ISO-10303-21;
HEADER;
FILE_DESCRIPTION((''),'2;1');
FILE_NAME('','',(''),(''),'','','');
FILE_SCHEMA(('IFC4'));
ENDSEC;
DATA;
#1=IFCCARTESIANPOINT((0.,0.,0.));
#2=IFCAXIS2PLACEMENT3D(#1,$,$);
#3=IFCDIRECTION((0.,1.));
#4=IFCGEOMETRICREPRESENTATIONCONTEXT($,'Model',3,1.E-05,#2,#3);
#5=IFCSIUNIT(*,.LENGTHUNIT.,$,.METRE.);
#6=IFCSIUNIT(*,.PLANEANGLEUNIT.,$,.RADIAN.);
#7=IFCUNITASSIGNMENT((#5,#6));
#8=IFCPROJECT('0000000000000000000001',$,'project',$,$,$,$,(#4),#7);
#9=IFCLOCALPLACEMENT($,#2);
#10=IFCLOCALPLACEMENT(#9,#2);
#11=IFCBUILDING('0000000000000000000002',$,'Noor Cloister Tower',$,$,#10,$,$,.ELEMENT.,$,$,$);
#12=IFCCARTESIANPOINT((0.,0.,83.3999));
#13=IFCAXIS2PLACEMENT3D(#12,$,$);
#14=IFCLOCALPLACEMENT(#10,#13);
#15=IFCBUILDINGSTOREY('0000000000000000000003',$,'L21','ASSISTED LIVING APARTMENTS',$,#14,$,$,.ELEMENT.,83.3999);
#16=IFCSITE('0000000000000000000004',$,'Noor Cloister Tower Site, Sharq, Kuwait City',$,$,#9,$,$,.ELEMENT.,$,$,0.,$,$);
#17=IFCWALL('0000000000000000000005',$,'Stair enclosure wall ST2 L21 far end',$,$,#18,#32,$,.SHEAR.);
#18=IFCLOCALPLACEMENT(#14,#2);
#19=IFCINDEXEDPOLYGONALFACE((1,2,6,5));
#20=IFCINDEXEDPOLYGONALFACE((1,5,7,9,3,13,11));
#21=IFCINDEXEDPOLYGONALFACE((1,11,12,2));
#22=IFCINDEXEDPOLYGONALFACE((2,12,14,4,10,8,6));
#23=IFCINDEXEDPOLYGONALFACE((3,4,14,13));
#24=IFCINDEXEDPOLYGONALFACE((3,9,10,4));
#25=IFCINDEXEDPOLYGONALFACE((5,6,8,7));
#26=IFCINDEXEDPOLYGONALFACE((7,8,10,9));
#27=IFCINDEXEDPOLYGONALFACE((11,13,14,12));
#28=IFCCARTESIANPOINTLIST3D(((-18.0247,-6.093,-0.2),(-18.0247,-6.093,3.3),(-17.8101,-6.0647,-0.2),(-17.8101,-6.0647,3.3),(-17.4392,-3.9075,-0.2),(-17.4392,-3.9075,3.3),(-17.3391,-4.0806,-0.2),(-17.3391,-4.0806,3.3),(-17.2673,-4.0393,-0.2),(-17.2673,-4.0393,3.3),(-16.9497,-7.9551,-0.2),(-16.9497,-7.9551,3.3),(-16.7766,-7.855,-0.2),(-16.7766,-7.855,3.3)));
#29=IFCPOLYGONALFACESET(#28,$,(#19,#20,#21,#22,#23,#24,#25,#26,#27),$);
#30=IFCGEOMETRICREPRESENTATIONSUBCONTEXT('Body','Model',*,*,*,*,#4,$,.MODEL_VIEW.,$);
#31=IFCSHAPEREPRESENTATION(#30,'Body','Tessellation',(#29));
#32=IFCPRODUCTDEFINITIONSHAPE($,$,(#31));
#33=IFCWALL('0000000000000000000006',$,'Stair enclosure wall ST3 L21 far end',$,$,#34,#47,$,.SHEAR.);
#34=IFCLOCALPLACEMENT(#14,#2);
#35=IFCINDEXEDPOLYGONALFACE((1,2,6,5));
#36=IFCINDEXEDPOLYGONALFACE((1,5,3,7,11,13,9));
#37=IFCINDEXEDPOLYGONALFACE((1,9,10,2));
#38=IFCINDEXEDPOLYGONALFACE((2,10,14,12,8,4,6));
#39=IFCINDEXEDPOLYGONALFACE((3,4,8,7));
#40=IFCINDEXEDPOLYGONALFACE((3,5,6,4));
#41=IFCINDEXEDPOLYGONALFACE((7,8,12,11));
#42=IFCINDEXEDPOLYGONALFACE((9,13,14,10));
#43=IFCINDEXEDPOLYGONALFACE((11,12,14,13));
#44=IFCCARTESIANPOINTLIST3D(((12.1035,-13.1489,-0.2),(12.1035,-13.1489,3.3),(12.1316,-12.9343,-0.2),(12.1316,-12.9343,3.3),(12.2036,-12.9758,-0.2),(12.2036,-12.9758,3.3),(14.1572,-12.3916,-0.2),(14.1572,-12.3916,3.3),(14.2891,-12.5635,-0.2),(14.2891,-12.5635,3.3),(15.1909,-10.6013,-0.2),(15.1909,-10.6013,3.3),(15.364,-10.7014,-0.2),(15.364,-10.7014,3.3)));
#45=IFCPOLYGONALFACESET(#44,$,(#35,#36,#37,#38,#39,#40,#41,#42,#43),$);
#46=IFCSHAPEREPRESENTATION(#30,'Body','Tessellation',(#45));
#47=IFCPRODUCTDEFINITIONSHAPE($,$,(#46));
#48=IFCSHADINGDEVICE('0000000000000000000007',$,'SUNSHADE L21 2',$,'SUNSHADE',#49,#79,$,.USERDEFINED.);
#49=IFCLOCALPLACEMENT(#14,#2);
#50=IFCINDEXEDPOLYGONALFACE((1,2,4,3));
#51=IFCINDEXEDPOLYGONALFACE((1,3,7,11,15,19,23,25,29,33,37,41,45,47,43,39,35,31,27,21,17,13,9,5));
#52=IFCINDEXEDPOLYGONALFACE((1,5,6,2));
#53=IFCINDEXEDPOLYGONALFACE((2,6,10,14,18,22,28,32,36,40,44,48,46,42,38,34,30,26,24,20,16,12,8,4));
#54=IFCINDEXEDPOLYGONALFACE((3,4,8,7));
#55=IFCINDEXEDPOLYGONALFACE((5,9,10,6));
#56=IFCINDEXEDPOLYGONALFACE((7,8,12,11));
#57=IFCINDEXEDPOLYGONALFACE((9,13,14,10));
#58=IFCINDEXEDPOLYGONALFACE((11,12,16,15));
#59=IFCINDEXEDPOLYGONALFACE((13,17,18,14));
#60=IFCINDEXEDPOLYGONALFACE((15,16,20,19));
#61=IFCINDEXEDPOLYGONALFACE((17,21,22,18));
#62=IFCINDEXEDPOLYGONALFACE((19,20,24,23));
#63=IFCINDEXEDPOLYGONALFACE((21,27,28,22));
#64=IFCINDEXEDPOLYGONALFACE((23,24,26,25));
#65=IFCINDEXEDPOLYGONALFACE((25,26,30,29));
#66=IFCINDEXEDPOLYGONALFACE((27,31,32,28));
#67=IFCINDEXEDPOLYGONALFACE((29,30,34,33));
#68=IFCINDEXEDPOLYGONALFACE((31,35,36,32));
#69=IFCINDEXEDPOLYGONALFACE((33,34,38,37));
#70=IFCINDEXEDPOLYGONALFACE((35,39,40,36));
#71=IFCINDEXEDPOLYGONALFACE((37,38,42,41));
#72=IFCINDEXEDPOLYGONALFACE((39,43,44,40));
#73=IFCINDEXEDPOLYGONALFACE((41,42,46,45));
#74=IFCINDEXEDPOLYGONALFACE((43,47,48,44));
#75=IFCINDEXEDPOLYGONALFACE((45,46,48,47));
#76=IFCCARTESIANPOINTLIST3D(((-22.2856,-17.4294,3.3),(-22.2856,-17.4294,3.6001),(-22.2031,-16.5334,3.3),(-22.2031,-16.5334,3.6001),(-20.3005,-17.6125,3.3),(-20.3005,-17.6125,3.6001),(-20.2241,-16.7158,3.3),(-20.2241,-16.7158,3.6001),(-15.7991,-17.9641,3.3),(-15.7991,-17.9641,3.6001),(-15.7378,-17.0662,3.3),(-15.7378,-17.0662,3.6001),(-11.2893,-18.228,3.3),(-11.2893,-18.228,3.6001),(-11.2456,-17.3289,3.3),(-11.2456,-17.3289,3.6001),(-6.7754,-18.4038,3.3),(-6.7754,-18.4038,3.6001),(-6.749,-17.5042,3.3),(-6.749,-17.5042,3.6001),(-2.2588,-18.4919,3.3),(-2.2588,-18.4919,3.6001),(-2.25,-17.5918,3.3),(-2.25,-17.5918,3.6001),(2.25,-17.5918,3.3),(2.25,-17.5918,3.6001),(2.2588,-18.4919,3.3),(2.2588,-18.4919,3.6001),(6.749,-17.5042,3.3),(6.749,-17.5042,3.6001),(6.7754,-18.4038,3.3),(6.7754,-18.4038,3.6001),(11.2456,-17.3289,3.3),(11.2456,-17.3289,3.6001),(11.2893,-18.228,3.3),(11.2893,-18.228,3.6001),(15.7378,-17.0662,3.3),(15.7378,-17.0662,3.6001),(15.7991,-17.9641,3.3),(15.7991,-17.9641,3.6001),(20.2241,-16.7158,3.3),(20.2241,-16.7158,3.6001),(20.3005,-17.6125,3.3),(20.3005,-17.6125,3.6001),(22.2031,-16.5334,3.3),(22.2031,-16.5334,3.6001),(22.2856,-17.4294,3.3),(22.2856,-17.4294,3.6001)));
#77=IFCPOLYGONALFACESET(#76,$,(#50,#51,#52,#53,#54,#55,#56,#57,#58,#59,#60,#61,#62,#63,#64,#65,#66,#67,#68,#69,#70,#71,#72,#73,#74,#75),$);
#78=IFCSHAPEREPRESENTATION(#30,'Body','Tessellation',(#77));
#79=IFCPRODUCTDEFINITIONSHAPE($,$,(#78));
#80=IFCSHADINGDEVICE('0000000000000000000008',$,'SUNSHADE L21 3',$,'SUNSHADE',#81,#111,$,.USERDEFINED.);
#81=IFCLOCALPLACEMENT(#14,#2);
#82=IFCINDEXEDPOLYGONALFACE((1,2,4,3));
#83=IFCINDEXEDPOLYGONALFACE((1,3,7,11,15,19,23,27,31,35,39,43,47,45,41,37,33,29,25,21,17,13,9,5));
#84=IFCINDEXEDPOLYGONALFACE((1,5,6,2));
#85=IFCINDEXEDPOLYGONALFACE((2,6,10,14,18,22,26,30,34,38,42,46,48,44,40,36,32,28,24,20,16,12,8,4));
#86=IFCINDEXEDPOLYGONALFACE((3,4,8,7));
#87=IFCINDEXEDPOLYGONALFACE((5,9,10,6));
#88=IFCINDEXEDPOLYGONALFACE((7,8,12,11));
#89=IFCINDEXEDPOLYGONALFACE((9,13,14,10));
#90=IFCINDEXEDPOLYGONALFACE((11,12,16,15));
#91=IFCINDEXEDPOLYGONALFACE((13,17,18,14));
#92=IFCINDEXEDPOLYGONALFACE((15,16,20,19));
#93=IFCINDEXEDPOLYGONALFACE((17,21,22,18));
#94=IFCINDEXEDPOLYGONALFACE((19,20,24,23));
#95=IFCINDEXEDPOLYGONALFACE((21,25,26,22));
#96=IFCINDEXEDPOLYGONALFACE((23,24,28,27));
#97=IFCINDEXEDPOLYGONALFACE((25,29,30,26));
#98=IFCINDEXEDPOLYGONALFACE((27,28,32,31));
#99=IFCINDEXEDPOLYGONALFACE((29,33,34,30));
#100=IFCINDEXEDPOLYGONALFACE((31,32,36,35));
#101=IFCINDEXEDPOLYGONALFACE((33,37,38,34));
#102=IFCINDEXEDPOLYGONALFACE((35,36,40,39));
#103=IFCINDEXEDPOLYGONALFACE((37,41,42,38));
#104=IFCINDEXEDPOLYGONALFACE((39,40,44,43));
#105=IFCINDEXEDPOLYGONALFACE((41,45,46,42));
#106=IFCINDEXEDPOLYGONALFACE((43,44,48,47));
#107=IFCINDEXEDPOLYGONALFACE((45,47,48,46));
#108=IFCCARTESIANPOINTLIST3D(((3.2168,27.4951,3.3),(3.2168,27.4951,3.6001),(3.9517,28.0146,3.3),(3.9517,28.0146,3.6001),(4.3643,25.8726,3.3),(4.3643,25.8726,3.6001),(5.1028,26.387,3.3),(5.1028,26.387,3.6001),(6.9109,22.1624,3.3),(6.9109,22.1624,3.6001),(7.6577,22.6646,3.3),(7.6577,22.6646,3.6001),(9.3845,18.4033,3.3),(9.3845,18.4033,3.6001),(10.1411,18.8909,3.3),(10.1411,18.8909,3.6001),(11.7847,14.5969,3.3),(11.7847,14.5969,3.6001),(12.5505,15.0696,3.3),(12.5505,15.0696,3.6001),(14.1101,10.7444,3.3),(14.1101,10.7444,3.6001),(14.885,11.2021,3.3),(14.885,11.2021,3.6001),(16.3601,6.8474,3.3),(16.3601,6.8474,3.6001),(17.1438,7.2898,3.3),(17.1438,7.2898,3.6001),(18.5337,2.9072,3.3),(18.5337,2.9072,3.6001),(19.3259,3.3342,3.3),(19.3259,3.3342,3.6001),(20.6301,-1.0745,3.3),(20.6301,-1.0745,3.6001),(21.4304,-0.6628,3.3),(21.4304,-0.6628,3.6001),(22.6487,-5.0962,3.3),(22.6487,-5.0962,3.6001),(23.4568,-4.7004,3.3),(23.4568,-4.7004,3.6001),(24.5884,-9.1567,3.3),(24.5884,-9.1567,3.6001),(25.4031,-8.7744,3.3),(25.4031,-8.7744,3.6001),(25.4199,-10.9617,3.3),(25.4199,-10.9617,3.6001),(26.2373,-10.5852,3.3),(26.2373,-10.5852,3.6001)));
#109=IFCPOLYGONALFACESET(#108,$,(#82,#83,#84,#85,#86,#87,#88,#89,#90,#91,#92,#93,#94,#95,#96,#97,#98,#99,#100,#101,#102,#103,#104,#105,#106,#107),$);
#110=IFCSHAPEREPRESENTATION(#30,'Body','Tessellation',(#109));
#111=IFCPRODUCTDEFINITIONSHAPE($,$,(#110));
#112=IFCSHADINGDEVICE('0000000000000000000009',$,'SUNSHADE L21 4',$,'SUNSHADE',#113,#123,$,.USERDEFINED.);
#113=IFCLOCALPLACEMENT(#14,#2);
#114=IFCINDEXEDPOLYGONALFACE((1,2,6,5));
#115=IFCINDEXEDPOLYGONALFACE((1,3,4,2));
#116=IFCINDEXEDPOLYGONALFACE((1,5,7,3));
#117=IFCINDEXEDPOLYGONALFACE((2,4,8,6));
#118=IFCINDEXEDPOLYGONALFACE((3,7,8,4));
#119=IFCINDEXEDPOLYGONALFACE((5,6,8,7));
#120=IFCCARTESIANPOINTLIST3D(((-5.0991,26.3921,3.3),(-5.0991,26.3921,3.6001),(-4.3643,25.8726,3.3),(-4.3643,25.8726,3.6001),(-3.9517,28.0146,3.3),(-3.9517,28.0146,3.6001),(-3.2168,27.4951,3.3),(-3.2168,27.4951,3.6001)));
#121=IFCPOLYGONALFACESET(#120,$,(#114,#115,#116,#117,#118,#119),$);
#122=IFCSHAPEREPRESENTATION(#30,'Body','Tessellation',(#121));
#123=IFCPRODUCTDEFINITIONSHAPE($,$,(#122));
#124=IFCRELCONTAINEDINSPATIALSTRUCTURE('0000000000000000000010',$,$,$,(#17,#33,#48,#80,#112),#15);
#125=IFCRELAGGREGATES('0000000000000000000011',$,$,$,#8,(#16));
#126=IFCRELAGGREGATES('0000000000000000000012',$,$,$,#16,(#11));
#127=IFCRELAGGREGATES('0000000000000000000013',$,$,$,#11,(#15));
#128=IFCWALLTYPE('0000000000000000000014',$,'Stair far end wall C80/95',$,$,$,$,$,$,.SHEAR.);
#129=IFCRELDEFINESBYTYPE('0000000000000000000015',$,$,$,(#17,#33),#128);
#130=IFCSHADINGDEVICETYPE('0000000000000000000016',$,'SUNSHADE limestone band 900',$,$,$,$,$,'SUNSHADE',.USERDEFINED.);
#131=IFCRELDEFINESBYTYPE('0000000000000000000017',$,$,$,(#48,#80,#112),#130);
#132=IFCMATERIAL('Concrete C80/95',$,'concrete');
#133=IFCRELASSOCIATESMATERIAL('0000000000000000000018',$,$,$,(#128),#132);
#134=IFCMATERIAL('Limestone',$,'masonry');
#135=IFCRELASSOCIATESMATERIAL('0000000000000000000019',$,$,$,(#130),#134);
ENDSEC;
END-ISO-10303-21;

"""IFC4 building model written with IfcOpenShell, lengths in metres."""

from ifc_helpers import new_model, si_unit, direction, frame, origin, place, context, subcontext, project, spatial, polyline, outline, extrude, material, type_object, element, save


model = new_model("IFC4")

# Units and contexts
model_context = context("Model", 3, precision=1e-05, world=origin(), true_north=direction((0.0, 1.0)))
body_context = subcontext(model_context, "Body", "Model", "MODEL_VIEW")
ifc_project = project(units=[si_unit("LENGTHUNIT", "METRE"), si_unit("PLANEANGLEUNIT", "RADIAN")], contexts=[model_context])

# Site, building, storey
site_placement = place(None, origin())
site = spatial("IfcSite", under=ifc_project, at=site_placement, Name="Noor Cloister Tower Site, Sharq, Kuwait City", CompositionType="ELEMENT", RefElevation=0.0)
building_placement = place(site_placement, origin())
building = spatial("IfcBuilding", under=site, at=building_placement, Name="Noor Cloister Tower", CompositionType="ELEMENT")
storey_placement = place(building_placement, frame((0.0, 0.0, 83.3999)))
storey = spatial("IfcBuildingStorey", under=building, at=storey_placement, Name="L21", Description="ASSISTED LIVING APARTMENTS", CompositionType="ELEMENT", Elevation=83.3999)

# Walls
ifc_material_1 = material(Name="Concrete C80/95", Category="concrete")
wall_type_1 = type_object("IfcWallType", Name="Stair far end wall C80/95", PredefinedType="SHEAR", material=ifc_material_1)
wall_1_placement = place(storey_placement, frame((0.0, 0.0, -0.2)))
element("IfcWall", 1, at=wall_1_placement, inside=storey, type_object=wall_type_1, Name="Stair enclosure wall ST2 L21 far end", PredefinedType="SHEAR", context=body_context, shape_type="SweptSolid", body=[
    extrude(outline(polyline([(-17.4392, -3.9075), (-18.0247, -6.093), (-16.9497, -7.9551), (-16.7766, -7.855), (-17.8101, -6.0647), (-17.2673, -4.0393), (-17.3391, -4.0806), (-17.3391, -4.0806), (-17.3391, -4.0806), (-17.3391, -4.0806), (-17.3391, -4.0806), (-17.3391, -4.0806), (-17.3391, -4.0806), (-17.3391, -4.0806), (-17.3391, -4.0806), (-17.3391, -4.0806), (-17.3391, -4.0806), (-17.3391, -4.0806), (-17.3391, -4.0806), (-17.3391, -4.0806), (-17.3391, -4.0806), (-17.3391, -4.0806), (-17.3391, -4.0806), (-17.4392, -3.9075)])), origin(), (0.0, 0.0, 1.0), 3.5),
])
wall_2_placement = place(storey_placement, frame((0.0, 0.0, -0.2)))
element("IfcWall", 2, at=wall_2_placement, inside=storey, type_object=wall_type_1, Name="Stair enclosure wall ST3 L21 far end", PredefinedType="SHEAR", context=body_context, shape_type="SweptSolid", body=[
    extrude(outline(polyline([(12.1035, -13.1489), (14.2891, -12.5635), (15.364, -10.7014), (15.1909, -10.6013), (14.1572, -12.3916), (12.1316, -12.9343), (12.2036, -12.9758), (12.2036, -12.9758), (12.2036, -12.9758), (12.2036, -12.9758), (12.2036, -12.9758), (12.2036, -12.9758), (12.2036, -12.9758), (12.2036, -12.9758), (12.2036, -12.9758), (12.2036, -12.9758), (12.2036, -12.9758), (12.2036, -12.9758), (12.2036, -12.9758), (12.2036, -12.9758), (12.2036, -12.9758), (12.2036, -12.9758), (12.2036, -12.9758), (12.1035, -13.1489)])), origin(), (0.0, 0.0, 1.0), 3.5),
])

# Shading devices
ifc_material_2 = material(Name="Limestone", Category="masonry")
shading_device_type = type_object("IfcShadingDeviceType", Name="SUNSHADE limestone band 900", ElementType="SUNSHADE", PredefinedType="USERDEFINED", material=ifc_material_2)
shading_device_1_placement = place(storey_placement, frame((0.0, 0.0, 3.3)))
element("IfcShadingDevice", 3, at=shading_device_1_placement, inside=storey, type_object=shading_device_type, Name="SUNSHADE L21 2", ObjectType="SUNSHADE", PredefinedType="USERDEFINED", context=body_context, shape_type="SweptSolid", body=[
    extrude(outline(polyline([(-22.2856, -17.4294), (-20.3005, -17.6125), (-15.7991, -17.9641), (-11.2893, -18.228), (-6.7754, -18.4038), (-2.2588, -18.4919), (2.2588, -18.4919), (6.7754, -18.4038), (11.2893, -18.228), (15.7991, -17.9641), (20.3005, -17.6125), (22.2856, -17.4294), (22.2031, -16.5334), (20.2241, -16.7158), (15.7378, -17.0662), (11.2456, -17.3289), (6.749, -17.5042), (2.25, -17.5918), (-2.25, -17.5918), (-6.749, -17.5042), (-11.2456, -17.3289), (-15.7378, -17.0662), (-20.2241, -16.7158), (-22.2031, -16.5334), (-22.2856, -17.4294)])), origin(), (0.0, 0.0, 1.0), 0.3),
])
shading_device_2_placement = place(storey_placement, frame((0.0, 0.0, 3.3)))
element("IfcShadingDevice", 4, at=shading_device_2_placement, inside=storey, type_object=shading_device_type, Name="SUNSHADE L21 3", ObjectType="SUNSHADE", PredefinedType="USERDEFINED", context=body_context, shape_type="SweptSolid", body=[
    extrude(outline(polyline([(26.2373, -10.5852), (25.4031, -8.7744), (23.4568, -4.7004), (21.4304, -0.6628), (19.3259, 3.3342), (17.1438, 7.2898), (14.885, 11.2021), (12.5505, 15.0696), (10.1411, 18.8909), (7.6577, 22.6646), (5.1028, 26.387), (3.9517, 28.0146), (3.2168, 27.4951), (4.3643, 25.8726), (6.9109, 22.1624), (9.3845, 18.4033), (11.7847, 14.5969), (14.1101, 10.7444), (16.3601, 6.8474), (18.5337, 2.9072), (20.6301, -1.0745), (22.6487, -5.0962), (24.5884, -9.1567), (25.4199, -10.9617), (26.2373, -10.5852)])), origin(), (0.0, 0.0, 1.0), 0.3),
])
shading_device_3_placement = place(storey_placement, frame((0.0, 0.0, 3.3)))
element("IfcShadingDevice", 5, at=shading_device_3_placement, inside=storey, type_object=shading_device_type, Name="SUNSHADE L21 4", ObjectType="SUNSHADE", PredefinedType="USERDEFINED", context=body_context, shape_type="SweptSolid", body=[
    extrude(outline(polyline([(-3.9517, 28.0146), (-5.0991, 26.3921), (-4.3643, 25.8726), (-3.2168, 27.4951), (-3.9517, 28.0146)])), origin(), (0.0, 0.0, 1.0), 0.3),
])

save(model, "model.ifc")
